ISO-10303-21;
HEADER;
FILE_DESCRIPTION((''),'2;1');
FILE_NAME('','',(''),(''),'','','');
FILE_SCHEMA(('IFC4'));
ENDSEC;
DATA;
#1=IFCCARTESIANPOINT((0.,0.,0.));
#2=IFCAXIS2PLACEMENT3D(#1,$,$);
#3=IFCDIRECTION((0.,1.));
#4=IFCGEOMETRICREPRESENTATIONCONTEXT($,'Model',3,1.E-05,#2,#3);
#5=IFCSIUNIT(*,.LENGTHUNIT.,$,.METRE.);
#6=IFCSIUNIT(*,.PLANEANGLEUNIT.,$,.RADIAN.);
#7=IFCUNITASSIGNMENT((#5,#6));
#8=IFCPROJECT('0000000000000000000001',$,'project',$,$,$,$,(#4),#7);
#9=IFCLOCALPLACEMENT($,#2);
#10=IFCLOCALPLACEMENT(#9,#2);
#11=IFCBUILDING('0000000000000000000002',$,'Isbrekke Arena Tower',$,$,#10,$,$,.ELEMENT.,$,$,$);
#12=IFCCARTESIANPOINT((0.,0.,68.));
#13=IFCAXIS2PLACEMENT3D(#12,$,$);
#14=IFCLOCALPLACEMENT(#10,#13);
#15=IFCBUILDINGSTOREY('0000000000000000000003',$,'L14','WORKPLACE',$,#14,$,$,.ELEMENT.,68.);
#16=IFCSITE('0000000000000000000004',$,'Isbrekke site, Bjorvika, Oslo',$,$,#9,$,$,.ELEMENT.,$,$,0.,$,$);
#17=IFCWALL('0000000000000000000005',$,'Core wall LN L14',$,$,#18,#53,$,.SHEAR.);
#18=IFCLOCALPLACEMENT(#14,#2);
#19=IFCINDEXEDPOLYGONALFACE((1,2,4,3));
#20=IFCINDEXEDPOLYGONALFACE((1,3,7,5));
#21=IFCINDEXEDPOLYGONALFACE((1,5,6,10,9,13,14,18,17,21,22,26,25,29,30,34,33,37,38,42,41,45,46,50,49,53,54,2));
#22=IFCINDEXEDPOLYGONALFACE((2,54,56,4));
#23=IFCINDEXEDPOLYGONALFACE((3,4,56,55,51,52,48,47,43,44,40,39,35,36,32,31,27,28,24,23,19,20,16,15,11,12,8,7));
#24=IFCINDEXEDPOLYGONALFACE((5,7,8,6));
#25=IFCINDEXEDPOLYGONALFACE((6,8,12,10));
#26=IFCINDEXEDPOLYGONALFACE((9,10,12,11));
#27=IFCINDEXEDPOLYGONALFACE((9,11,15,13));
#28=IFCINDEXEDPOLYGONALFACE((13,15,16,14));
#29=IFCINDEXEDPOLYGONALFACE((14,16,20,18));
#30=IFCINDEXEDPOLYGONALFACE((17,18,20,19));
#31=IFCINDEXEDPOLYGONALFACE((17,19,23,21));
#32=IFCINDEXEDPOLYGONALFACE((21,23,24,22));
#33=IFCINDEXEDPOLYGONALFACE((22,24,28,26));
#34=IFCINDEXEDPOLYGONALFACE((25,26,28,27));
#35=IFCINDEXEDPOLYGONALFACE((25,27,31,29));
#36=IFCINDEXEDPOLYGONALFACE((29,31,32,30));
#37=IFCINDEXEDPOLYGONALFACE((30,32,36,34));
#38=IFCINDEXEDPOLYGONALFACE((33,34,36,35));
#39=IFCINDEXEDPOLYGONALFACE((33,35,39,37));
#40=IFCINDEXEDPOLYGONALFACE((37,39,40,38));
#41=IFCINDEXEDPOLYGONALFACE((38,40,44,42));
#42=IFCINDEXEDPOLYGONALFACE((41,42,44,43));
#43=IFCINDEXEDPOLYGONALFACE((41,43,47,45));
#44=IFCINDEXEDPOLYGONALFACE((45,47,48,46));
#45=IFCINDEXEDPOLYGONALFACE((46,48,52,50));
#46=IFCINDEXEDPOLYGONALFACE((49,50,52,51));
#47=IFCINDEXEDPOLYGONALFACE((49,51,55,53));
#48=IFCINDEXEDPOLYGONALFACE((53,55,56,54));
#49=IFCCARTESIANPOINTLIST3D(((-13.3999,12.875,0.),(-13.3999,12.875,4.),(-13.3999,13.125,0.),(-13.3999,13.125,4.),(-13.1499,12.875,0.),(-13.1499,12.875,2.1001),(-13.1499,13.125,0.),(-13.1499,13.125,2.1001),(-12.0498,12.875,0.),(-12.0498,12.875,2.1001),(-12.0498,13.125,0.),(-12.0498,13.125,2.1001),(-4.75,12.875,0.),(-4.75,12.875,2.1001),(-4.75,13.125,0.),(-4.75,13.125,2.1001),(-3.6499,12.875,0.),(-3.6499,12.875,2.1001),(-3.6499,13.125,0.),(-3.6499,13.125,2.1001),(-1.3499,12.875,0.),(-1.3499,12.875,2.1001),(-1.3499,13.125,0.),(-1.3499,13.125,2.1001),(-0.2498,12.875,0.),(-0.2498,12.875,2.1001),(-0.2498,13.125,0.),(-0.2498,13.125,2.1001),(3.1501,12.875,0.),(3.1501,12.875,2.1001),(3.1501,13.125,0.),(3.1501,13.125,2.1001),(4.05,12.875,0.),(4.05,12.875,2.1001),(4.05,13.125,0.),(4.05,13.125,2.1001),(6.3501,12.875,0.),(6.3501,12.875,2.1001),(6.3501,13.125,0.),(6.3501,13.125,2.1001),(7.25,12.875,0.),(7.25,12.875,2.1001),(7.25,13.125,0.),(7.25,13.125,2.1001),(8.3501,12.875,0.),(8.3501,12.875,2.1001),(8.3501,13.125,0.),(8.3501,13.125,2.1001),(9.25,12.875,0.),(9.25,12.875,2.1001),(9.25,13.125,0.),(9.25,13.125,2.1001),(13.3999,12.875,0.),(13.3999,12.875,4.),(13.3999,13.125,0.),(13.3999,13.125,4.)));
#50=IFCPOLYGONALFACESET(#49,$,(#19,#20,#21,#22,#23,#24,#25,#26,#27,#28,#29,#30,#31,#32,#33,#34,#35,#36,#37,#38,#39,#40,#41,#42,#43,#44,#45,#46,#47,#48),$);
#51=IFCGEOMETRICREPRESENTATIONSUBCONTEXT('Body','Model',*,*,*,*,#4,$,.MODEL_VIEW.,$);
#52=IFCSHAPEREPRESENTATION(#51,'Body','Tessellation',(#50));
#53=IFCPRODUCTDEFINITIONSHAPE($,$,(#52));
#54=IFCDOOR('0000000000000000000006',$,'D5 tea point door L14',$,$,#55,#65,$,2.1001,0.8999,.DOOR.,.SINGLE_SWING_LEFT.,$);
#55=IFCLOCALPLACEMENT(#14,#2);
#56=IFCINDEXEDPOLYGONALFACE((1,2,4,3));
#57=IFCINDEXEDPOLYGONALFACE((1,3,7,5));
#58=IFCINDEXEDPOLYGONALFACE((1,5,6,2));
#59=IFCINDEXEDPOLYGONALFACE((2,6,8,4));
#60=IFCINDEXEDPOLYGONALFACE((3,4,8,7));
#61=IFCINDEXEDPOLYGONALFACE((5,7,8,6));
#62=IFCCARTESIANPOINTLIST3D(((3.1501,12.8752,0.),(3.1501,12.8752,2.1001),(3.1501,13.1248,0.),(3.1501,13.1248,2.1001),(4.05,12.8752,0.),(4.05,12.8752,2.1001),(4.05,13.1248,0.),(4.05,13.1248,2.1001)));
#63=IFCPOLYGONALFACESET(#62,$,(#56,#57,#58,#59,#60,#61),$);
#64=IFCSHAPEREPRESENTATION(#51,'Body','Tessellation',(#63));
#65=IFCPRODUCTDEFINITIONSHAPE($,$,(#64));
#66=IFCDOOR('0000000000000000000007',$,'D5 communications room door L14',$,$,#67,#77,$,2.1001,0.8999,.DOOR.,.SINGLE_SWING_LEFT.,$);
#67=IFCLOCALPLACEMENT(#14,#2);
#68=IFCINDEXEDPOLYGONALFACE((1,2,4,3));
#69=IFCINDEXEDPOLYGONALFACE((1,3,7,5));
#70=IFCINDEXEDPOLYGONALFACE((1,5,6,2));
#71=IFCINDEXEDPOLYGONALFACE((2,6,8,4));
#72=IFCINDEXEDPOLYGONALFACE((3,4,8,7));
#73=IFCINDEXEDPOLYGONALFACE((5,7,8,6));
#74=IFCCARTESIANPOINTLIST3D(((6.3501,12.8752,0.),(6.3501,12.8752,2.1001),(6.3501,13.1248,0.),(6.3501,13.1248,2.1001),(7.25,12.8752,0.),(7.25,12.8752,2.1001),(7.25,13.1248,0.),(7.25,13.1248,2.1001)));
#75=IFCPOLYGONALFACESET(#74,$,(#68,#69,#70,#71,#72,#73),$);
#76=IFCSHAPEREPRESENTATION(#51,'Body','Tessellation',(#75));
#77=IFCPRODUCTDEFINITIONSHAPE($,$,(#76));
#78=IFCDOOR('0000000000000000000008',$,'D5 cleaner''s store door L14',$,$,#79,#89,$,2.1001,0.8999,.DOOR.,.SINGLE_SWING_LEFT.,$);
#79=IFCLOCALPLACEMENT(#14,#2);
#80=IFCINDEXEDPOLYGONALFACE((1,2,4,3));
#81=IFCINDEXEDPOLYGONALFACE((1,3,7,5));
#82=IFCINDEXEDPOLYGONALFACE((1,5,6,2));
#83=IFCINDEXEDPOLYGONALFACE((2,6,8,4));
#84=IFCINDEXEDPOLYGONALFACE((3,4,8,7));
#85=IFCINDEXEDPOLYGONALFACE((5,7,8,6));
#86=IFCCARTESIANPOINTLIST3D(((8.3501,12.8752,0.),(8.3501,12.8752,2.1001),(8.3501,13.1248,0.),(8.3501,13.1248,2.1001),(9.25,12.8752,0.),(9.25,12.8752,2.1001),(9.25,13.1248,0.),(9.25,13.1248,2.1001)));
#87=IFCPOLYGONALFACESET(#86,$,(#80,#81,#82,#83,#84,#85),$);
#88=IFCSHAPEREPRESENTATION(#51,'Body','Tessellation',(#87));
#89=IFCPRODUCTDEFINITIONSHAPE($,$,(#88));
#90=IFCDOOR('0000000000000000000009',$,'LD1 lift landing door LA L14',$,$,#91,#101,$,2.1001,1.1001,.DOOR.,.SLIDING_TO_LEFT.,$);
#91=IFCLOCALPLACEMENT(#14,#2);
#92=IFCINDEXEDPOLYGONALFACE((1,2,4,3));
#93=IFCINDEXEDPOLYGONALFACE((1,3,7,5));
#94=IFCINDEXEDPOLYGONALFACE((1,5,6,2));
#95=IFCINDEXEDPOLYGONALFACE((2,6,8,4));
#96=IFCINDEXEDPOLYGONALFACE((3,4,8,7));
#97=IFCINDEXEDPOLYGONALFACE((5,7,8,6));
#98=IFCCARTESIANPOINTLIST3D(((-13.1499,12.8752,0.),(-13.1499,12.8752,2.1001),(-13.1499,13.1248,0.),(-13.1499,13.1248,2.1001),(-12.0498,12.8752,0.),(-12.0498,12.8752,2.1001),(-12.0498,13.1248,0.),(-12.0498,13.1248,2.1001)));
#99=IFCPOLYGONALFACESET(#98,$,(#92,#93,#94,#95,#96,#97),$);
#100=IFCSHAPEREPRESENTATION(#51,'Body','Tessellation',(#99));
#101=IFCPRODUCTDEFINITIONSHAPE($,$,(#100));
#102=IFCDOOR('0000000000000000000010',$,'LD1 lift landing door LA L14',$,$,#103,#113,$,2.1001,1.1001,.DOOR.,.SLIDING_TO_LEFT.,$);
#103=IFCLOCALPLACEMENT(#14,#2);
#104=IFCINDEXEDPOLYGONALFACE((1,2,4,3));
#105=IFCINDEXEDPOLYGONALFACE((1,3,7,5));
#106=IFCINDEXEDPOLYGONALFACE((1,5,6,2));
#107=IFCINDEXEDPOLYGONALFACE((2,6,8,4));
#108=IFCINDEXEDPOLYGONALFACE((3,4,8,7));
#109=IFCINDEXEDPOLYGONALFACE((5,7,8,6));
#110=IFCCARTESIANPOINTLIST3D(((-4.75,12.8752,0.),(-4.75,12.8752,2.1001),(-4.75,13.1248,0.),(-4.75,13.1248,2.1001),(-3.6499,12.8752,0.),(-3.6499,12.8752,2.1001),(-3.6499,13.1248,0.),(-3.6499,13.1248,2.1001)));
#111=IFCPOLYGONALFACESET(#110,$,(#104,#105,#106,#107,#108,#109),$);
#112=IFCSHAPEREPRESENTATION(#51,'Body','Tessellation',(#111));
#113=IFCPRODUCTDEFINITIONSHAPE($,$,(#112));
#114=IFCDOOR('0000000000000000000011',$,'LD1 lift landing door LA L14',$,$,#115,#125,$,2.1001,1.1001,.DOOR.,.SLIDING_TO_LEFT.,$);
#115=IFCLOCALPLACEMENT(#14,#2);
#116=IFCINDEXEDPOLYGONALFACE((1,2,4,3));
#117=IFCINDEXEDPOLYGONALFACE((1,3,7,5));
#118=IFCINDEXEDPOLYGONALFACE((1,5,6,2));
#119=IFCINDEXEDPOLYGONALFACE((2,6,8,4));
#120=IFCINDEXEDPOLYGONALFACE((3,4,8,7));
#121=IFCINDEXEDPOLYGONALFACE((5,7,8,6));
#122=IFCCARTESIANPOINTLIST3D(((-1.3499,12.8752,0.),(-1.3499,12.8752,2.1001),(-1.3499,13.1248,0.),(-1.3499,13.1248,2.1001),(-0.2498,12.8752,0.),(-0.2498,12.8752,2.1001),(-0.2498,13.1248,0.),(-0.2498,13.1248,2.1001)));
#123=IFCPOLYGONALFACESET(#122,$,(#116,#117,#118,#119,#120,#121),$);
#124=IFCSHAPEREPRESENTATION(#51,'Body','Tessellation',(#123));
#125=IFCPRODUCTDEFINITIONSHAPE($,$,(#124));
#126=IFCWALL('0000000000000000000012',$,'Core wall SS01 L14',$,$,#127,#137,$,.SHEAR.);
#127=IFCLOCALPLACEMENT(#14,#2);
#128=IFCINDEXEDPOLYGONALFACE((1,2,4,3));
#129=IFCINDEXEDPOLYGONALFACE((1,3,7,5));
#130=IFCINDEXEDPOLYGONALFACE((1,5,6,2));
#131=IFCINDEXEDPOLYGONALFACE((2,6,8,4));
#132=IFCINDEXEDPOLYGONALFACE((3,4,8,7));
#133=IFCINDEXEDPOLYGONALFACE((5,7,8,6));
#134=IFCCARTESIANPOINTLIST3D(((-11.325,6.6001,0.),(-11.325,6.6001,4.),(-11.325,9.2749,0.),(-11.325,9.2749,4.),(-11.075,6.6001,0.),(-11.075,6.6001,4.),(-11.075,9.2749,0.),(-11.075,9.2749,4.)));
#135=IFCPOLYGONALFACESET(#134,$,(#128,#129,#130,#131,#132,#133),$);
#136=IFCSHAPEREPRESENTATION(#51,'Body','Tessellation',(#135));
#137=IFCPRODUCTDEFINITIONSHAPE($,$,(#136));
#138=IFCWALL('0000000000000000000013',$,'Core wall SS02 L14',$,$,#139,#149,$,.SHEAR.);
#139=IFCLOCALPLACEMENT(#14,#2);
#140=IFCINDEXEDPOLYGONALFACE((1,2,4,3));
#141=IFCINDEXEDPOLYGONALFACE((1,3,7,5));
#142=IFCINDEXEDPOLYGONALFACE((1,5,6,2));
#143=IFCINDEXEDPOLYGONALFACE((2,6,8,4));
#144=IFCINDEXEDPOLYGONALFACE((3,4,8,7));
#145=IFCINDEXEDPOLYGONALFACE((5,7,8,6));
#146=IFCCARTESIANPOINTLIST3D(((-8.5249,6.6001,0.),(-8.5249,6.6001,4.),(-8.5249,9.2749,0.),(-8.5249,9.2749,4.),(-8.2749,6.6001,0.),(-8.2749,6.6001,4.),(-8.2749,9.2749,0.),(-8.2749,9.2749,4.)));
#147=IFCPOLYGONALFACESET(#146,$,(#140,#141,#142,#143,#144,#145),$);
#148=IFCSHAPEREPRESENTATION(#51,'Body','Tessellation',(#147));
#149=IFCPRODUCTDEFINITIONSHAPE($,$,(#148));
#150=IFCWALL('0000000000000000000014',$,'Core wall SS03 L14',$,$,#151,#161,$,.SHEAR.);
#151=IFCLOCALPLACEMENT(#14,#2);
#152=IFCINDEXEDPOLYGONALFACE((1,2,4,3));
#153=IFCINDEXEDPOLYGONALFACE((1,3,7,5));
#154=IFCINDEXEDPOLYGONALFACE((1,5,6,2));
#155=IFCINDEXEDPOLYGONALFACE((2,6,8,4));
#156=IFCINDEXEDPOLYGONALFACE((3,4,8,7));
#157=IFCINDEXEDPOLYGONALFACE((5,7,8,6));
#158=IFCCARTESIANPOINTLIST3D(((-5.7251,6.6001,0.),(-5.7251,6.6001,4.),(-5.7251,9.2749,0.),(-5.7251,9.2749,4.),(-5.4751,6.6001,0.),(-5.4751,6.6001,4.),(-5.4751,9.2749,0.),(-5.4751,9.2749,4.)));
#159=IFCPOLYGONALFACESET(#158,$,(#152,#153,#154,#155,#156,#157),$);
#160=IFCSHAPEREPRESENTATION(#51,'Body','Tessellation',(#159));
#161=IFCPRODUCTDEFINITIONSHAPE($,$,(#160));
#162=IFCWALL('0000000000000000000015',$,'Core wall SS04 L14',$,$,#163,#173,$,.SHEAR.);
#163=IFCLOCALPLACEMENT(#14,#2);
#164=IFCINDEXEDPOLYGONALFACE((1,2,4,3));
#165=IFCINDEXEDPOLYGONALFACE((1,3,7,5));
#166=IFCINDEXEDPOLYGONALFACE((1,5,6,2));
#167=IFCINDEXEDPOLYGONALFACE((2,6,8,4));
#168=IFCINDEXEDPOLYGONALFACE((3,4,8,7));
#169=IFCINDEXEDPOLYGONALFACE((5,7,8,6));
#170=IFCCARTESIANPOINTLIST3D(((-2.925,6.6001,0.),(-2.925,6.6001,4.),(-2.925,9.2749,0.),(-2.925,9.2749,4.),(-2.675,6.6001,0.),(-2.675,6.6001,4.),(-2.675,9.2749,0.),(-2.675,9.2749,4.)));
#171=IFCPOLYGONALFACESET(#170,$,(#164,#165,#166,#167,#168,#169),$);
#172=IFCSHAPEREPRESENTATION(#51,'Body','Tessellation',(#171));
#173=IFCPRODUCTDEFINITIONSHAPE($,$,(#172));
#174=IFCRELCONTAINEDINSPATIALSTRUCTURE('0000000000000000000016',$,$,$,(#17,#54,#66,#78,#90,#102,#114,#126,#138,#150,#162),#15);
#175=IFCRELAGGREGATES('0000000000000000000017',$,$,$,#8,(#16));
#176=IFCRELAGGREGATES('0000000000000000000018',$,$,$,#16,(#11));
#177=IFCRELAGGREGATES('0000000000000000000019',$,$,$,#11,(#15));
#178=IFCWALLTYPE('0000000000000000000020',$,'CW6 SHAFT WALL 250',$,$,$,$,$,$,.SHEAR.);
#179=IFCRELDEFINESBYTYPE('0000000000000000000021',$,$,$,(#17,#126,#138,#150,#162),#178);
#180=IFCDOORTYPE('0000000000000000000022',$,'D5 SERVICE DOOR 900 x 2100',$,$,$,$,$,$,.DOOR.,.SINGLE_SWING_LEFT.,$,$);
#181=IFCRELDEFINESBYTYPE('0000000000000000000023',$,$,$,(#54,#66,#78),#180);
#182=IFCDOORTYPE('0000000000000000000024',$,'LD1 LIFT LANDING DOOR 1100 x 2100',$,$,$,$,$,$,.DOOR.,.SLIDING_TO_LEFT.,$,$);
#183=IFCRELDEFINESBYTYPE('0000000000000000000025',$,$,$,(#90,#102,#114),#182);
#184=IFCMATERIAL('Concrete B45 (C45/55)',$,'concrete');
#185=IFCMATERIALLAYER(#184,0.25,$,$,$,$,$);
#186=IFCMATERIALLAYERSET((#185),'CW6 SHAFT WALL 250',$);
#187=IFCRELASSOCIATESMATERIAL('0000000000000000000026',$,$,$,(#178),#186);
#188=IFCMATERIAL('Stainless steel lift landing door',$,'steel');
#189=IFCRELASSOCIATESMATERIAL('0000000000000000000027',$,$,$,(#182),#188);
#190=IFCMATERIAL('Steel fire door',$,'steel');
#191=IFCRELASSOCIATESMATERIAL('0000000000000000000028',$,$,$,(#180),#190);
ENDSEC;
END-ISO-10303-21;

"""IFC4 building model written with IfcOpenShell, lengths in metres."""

from ifc_helpers import new_model, si_unit, direction, frame, frame_2d, origin, place, context, subcontext, project, spatial, rectangle, extrude, material, layer, layer_set, type_object, element, fill, save


model = new_model("IFC4")

# Units and contexts
model_context = context("Model", 3, precision=1e-05, world=origin(), true_north=direction((0.0, 1.0)))
body_context = subcontext(model_context, "Body", "Model", "MODEL_VIEW")
ifc_project = project(units=[si_unit("LENGTHUNIT", "METRE"), si_unit("PLANEANGLEUNIT", "RADIAN")], contexts=[model_context])

# Site, building, storey
site_placement = place(None, origin())
site = spatial("IfcSite", under=ifc_project, at=site_placement, Name="Isbrekke site, Bjorvika, Oslo", CompositionType="ELEMENT", RefElevation=0.0)
building_placement = place(site_placement, origin())
building = spatial("IfcBuilding", under=site, at=building_placement, Name="Isbrekke Arena Tower", CompositionType="ELEMENT")
storey_placement = place(building_placement, frame((0.0, 0.0, 68.0)))
storey = spatial("IfcBuildingStorey", under=building, at=storey_placement, Name="L14", Description="WORKPLACE", CompositionType="ELEMENT", Elevation=68.0)

# Wall, openings, doors
ifc_material_1 = material(Name="Concrete B45 (C45/55)", Category="concrete")
ifc_layer_1 = layer(ifc_material_1, 0.25)
ifc_layer_set_1 = layer_set([ifc_layer_1], Name="CW6 SHAFT WALL 250")
wall_type_1 = type_object("IfcWallType", Name="CW6 SHAFT WALL 250", PredefinedType="SHEAR", material=ifc_layer_set_1)
ifc_material_2 = material(Name="Stainless steel lift landing door", Category="steel")
door_type_1 = type_object("IfcDoorType", Name="LD1 LIFT LANDING DOOR 1100 x 2100", OperationType="SLIDING_TO_LEFT", PredefinedType="DOOR", material=ifc_material_2)
wall_1_placement = place(storey_placement, frame((-13.3999, 13.0, 0.0), z_axis=(0.0, 0.0, 1.0), x_axis=(1.0, 0.0, 0.0)))
wall_1 = element("IfcWall", 1, at=wall_1_placement, inside=storey, type_object=wall_type_1, Name="Core wall LN L14", PredefinedType="SHEAR", context=body_context, shape_type="SweptSolid", body=[
    extrude(rectangle(XDim=26.7998, YDim=0.25, at=frame_2d((13.3999, 0.0))), origin(), (0.0, 0.0, 1.0), 4.0),
])
opening_1_placement = place(wall_1_placement, frame((0.25, 0.0, 0.0)))
opening_1 = element("IfcOpeningElement", 2, at=opening_1_placement, cuts=wall_1, PredefinedType="OPENING", context=body_context, shape_type="SweptSolid", body=[
    extrude(rectangle(XDim=1.1001, YDim=2.1001, at=frame_2d((0.55, 1.05))), frame((0.0, 0.1399, 0.0), z_axis=(0.0, -1.0, 0.0), x_axis=(1.0, 0.0, 0.0)), (0.0, 0.0, 1.0), 0.2798),
])
opening_2_placement = place(wall_1_placement, frame((8.6499, 0.0, 0.0)))
opening_2 = element("IfcOpeningElement", 3, at=opening_2_placement, cuts=wall_1, PredefinedType="OPENING", context=body_context, shape_type="SweptSolid", body=[
    extrude(rectangle(XDim=1.1001, YDim=2.1001, at=frame_2d((0.55, 1.05))), frame((0.0, 0.1399, 0.0), z_axis=(0.0, -1.0, 0.0), x_axis=(1.0, 0.0, 0.0)), (0.0, 0.0, 1.0), 0.2798),
])
opening_3_placement = place(wall_1_placement, frame((12.05, 0.0, 0.0)))
opening_3 = element("IfcOpeningElement", 4, at=opening_3_placement, cuts=wall_1, PredefinedType="OPENING", context=body_context, shape_type="SweptSolid", body=[
    extrude(rectangle(XDim=1.1001, YDim=2.1001, at=frame_2d((0.55, 1.05))), frame((0.0, 0.1399, 0.0), z_axis=(0.0, -1.0, 0.0), x_axis=(1.0, 0.0, 0.0)), (0.0, 0.0, 1.0), 0.2798),
])
opening_4_placement = place(wall_1_placement, frame((16.55, 0.0, 0.0)))
opening_4 = element("IfcOpeningElement", 5, at=opening_4_placement, cuts=wall_1, PredefinedType="OPENING", context=body_context, shape_type="SweptSolid", body=[
    extrude(rectangle(XDim=0.8999, YDim=2.1001, at=frame_2d((0.45, 1.05))), frame((0.0, 0.1399, 0.0), z_axis=(0.0, -1.0, 0.0), x_axis=(1.0, 0.0, 0.0)), (0.0, 0.0, 1.0), 0.2798),
])
opening_5_placement = place(wall_1_placement, frame((19.75, 0.0, 0.0)))
opening_5 = element("IfcOpeningElement", 6, at=opening_5_placement, cuts=wall_1, PredefinedType="OPENING", context=body_context, shape_type="SweptSolid", body=[
    extrude(rectangle(XDim=0.8999, YDim=2.1001, at=frame_2d((0.45, 1.05))), frame((0.0, 0.1399, 0.0), z_axis=(0.0, -1.0, 0.0), x_axis=(1.0, 0.0, 0.0)), (0.0, 0.0, 1.0), 0.2798),
])
opening_6_placement = place(wall_1_placement, frame((21.75, 0.0, 0.0)))
opening_6 = element("IfcOpeningElement", 7, at=opening_6_placement, cuts=wall_1, PredefinedType="OPENING", context=body_context, shape_type="SweptSolid", body=[
    extrude(rectangle(XDim=0.8999, YDim=2.1001, at=frame_2d((0.45, 1.05))), frame((0.0, 0.1399, 0.0), z_axis=(0.0, -1.0, 0.0), x_axis=(1.0, 0.0, 0.0)), (0.0, 0.0, 1.0), 0.2798),
])
ifc_material_3 = material(Name="Steel fire door", Category="steel")
door_type_2 = type_object("IfcDoorType", Name="D5 SERVICE DOOR 900 x 2100", OperationType="SINGLE_SWING_LEFT", PredefinedType="DOOR", material=ifc_material_3)
door_1_placement = place(opening_4_placement, origin())
door_1 = element("IfcDoor", 8, at=door_1_placement, inside=storey, type_object=door_type_2, Name="D5 tea point door L14", OperationType="SINGLE_SWING_LEFT", OverallHeight=2.1001, OverallWidth=0.8999, PredefinedType="DOOR", context=body_context, shape_type="SweptSolid", body=[
    extrude(rectangle(XDim=0.8999, YDim=2.1001, at=frame_2d((0.45, 1.05))), frame((0.0, 0.1248, 0.0), z_axis=(0.0, -1.0, 0.0), x_axis=(1.0, 0.0, 0.0)), (0.0, 0.0, 1.0), 0.2495),
])
fill(opening_4, door_1)
door_2_placement = place(opening_5_placement, origin())
door_2 = element("IfcDoor", 9, at=door_2_placement, inside=storey, type_object=door_type_2, Name="D5 communications room door L14", OperationType="SINGLE_SWING_LEFT", OverallHeight=2.1001, OverallWidth=0.8999, PredefinedType="DOOR", context=body_context, shape_type="SweptSolid", body=[
    extrude(rectangle(XDim=0.8999, YDim=2.1001, at=frame_2d((0.45, 1.05))), frame((0.0, 0.1248, 0.0), z_axis=(0.0, -1.0, 0.0), x_axis=(1.0, 0.0, 0.0)), (0.0, 0.0, 1.0), 0.2495),
])
fill(opening_5, door_2)
door_3_placement = place(opening_6_placement, origin())
door_3 = element("IfcDoor", 10, at=door_3_placement, inside=storey, type_object=door_type_2, Name="D5 cleaner's store door L14", OperationType="SINGLE_SWING_LEFT", OverallHeight=2.1001, OverallWidth=0.8999, PredefinedType="DOOR", context=body_context, shape_type="SweptSolid", body=[
    extrude(rectangle(XDim=0.8999, YDim=2.1001, at=frame_2d((0.45, 1.05))), frame((0.0, 0.1248, 0.0), z_axis=(0.0, -1.0, 0.0), x_axis=(1.0, 0.0, 0.0)), (0.0, 0.0, 1.0), 0.2495),
])
fill(opening_6, door_3)
door_4_placement = place(opening_1_placement, origin())
door_4 = element("IfcDoor", 11, at=door_4_placement, inside=storey, type_object=door_type_1, Name="LD1 lift landing door LA L14", OperationType="SLIDING_TO_LEFT", OverallHeight=2.1001, OverallWidth=1.1001, PredefinedType="DOOR", context=body_context, shape_type="SweptSolid", body=[
    extrude(rectangle(XDim=1.1001, YDim=2.1001, at=frame_2d((0.55, 1.05))), frame((0.0, 0.1248, 0.0), z_axis=(0.0, -1.0, 0.0), x_axis=(1.0, 0.0, 0.0)), (0.0, 0.0, 1.0), 0.2495),
])
fill(opening_1, door_4)
door_5_placement = place(opening_2_placement, origin())
door_5 = element("IfcDoor", 12, at=door_5_placement, inside=storey, type_object=door_type_1, Name="LD1 lift landing door LA L14", OperationType="SLIDING_TO_LEFT", OverallHeight=2.1001, OverallWidth=1.1001, PredefinedType="DOOR", context=body_context, shape_type="SweptSolid", body=[
    extrude(rectangle(XDim=1.1001, YDim=2.1001, at=frame_2d((0.55, 1.05))), frame((0.0, 0.1248, 0.0), z_axis=(0.0, -1.0, 0.0), x_axis=(1.0, 0.0, 0.0)), (0.0, 0.0, 1.0), 0.2495),
])
fill(opening_2, door_5)
door_6_placement = place(opening_3_placement, origin())
door_6 = element("IfcDoor", 13, at=door_6_placement, inside=storey, type_object=door_type_1, Name="LD1 lift landing door LA L14", OperationType="SLIDING_TO_LEFT", OverallHeight=2.1001, OverallWidth=1.1001, PredefinedType="DOOR", context=body_context, shape_type="SweptSolid", body=[
    extrude(rectangle(XDim=1.1001, YDim=2.1001, at=frame_2d((0.55, 1.05))), frame((0.0, 0.1248, 0.0), z_axis=(0.0, -1.0, 0.0), x_axis=(1.0, 0.0, 0.0)), (0.0, 0.0, 1.0), 0.2495),
])
fill(opening_3, door_6)

# Walls
for number, where, z_axis, x_axis, name in (
    (14, (-11.2, 6.6001, 0.0), (0.0, 0.0, 1.0), (0.0, 1.0, 0.0), "Core wall SS01 L14"),
    (15, (-8.3999, 6.6001, 0.0), (0.0, 0.0, 1.0), (0.0, 1.0, 0.0), "Core wall SS02 L14"),
    (16, (-5.6001, 6.6001, 0.0), (0.0, 0.0, 1.0), (0.0, 1.0, 0.0), "Core wall SS03 L14"),
    (17, (-2.8, 6.6001, 0.0), (0.0, 0.0, 1.0), (0.0, 1.0, 0.0), "Core wall SS04 L14"),
):
    element("IfcWall", number, at=place(storey_placement, frame(where, z_axis=z_axis, x_axis=x_axis)), inside=storey, type_object=wall_type_1, Name=name, PredefinedType="SHEAR", context=body_context, shape_type="SweptSolid", body=[
        extrude(rectangle(XDim=2.6748, YDim=0.25, at=frame_2d((1.3374, 0.0))), origin(), (0.0, 0.0, 1.0), 4.0),
    ])

save(model, "model.ifc")
